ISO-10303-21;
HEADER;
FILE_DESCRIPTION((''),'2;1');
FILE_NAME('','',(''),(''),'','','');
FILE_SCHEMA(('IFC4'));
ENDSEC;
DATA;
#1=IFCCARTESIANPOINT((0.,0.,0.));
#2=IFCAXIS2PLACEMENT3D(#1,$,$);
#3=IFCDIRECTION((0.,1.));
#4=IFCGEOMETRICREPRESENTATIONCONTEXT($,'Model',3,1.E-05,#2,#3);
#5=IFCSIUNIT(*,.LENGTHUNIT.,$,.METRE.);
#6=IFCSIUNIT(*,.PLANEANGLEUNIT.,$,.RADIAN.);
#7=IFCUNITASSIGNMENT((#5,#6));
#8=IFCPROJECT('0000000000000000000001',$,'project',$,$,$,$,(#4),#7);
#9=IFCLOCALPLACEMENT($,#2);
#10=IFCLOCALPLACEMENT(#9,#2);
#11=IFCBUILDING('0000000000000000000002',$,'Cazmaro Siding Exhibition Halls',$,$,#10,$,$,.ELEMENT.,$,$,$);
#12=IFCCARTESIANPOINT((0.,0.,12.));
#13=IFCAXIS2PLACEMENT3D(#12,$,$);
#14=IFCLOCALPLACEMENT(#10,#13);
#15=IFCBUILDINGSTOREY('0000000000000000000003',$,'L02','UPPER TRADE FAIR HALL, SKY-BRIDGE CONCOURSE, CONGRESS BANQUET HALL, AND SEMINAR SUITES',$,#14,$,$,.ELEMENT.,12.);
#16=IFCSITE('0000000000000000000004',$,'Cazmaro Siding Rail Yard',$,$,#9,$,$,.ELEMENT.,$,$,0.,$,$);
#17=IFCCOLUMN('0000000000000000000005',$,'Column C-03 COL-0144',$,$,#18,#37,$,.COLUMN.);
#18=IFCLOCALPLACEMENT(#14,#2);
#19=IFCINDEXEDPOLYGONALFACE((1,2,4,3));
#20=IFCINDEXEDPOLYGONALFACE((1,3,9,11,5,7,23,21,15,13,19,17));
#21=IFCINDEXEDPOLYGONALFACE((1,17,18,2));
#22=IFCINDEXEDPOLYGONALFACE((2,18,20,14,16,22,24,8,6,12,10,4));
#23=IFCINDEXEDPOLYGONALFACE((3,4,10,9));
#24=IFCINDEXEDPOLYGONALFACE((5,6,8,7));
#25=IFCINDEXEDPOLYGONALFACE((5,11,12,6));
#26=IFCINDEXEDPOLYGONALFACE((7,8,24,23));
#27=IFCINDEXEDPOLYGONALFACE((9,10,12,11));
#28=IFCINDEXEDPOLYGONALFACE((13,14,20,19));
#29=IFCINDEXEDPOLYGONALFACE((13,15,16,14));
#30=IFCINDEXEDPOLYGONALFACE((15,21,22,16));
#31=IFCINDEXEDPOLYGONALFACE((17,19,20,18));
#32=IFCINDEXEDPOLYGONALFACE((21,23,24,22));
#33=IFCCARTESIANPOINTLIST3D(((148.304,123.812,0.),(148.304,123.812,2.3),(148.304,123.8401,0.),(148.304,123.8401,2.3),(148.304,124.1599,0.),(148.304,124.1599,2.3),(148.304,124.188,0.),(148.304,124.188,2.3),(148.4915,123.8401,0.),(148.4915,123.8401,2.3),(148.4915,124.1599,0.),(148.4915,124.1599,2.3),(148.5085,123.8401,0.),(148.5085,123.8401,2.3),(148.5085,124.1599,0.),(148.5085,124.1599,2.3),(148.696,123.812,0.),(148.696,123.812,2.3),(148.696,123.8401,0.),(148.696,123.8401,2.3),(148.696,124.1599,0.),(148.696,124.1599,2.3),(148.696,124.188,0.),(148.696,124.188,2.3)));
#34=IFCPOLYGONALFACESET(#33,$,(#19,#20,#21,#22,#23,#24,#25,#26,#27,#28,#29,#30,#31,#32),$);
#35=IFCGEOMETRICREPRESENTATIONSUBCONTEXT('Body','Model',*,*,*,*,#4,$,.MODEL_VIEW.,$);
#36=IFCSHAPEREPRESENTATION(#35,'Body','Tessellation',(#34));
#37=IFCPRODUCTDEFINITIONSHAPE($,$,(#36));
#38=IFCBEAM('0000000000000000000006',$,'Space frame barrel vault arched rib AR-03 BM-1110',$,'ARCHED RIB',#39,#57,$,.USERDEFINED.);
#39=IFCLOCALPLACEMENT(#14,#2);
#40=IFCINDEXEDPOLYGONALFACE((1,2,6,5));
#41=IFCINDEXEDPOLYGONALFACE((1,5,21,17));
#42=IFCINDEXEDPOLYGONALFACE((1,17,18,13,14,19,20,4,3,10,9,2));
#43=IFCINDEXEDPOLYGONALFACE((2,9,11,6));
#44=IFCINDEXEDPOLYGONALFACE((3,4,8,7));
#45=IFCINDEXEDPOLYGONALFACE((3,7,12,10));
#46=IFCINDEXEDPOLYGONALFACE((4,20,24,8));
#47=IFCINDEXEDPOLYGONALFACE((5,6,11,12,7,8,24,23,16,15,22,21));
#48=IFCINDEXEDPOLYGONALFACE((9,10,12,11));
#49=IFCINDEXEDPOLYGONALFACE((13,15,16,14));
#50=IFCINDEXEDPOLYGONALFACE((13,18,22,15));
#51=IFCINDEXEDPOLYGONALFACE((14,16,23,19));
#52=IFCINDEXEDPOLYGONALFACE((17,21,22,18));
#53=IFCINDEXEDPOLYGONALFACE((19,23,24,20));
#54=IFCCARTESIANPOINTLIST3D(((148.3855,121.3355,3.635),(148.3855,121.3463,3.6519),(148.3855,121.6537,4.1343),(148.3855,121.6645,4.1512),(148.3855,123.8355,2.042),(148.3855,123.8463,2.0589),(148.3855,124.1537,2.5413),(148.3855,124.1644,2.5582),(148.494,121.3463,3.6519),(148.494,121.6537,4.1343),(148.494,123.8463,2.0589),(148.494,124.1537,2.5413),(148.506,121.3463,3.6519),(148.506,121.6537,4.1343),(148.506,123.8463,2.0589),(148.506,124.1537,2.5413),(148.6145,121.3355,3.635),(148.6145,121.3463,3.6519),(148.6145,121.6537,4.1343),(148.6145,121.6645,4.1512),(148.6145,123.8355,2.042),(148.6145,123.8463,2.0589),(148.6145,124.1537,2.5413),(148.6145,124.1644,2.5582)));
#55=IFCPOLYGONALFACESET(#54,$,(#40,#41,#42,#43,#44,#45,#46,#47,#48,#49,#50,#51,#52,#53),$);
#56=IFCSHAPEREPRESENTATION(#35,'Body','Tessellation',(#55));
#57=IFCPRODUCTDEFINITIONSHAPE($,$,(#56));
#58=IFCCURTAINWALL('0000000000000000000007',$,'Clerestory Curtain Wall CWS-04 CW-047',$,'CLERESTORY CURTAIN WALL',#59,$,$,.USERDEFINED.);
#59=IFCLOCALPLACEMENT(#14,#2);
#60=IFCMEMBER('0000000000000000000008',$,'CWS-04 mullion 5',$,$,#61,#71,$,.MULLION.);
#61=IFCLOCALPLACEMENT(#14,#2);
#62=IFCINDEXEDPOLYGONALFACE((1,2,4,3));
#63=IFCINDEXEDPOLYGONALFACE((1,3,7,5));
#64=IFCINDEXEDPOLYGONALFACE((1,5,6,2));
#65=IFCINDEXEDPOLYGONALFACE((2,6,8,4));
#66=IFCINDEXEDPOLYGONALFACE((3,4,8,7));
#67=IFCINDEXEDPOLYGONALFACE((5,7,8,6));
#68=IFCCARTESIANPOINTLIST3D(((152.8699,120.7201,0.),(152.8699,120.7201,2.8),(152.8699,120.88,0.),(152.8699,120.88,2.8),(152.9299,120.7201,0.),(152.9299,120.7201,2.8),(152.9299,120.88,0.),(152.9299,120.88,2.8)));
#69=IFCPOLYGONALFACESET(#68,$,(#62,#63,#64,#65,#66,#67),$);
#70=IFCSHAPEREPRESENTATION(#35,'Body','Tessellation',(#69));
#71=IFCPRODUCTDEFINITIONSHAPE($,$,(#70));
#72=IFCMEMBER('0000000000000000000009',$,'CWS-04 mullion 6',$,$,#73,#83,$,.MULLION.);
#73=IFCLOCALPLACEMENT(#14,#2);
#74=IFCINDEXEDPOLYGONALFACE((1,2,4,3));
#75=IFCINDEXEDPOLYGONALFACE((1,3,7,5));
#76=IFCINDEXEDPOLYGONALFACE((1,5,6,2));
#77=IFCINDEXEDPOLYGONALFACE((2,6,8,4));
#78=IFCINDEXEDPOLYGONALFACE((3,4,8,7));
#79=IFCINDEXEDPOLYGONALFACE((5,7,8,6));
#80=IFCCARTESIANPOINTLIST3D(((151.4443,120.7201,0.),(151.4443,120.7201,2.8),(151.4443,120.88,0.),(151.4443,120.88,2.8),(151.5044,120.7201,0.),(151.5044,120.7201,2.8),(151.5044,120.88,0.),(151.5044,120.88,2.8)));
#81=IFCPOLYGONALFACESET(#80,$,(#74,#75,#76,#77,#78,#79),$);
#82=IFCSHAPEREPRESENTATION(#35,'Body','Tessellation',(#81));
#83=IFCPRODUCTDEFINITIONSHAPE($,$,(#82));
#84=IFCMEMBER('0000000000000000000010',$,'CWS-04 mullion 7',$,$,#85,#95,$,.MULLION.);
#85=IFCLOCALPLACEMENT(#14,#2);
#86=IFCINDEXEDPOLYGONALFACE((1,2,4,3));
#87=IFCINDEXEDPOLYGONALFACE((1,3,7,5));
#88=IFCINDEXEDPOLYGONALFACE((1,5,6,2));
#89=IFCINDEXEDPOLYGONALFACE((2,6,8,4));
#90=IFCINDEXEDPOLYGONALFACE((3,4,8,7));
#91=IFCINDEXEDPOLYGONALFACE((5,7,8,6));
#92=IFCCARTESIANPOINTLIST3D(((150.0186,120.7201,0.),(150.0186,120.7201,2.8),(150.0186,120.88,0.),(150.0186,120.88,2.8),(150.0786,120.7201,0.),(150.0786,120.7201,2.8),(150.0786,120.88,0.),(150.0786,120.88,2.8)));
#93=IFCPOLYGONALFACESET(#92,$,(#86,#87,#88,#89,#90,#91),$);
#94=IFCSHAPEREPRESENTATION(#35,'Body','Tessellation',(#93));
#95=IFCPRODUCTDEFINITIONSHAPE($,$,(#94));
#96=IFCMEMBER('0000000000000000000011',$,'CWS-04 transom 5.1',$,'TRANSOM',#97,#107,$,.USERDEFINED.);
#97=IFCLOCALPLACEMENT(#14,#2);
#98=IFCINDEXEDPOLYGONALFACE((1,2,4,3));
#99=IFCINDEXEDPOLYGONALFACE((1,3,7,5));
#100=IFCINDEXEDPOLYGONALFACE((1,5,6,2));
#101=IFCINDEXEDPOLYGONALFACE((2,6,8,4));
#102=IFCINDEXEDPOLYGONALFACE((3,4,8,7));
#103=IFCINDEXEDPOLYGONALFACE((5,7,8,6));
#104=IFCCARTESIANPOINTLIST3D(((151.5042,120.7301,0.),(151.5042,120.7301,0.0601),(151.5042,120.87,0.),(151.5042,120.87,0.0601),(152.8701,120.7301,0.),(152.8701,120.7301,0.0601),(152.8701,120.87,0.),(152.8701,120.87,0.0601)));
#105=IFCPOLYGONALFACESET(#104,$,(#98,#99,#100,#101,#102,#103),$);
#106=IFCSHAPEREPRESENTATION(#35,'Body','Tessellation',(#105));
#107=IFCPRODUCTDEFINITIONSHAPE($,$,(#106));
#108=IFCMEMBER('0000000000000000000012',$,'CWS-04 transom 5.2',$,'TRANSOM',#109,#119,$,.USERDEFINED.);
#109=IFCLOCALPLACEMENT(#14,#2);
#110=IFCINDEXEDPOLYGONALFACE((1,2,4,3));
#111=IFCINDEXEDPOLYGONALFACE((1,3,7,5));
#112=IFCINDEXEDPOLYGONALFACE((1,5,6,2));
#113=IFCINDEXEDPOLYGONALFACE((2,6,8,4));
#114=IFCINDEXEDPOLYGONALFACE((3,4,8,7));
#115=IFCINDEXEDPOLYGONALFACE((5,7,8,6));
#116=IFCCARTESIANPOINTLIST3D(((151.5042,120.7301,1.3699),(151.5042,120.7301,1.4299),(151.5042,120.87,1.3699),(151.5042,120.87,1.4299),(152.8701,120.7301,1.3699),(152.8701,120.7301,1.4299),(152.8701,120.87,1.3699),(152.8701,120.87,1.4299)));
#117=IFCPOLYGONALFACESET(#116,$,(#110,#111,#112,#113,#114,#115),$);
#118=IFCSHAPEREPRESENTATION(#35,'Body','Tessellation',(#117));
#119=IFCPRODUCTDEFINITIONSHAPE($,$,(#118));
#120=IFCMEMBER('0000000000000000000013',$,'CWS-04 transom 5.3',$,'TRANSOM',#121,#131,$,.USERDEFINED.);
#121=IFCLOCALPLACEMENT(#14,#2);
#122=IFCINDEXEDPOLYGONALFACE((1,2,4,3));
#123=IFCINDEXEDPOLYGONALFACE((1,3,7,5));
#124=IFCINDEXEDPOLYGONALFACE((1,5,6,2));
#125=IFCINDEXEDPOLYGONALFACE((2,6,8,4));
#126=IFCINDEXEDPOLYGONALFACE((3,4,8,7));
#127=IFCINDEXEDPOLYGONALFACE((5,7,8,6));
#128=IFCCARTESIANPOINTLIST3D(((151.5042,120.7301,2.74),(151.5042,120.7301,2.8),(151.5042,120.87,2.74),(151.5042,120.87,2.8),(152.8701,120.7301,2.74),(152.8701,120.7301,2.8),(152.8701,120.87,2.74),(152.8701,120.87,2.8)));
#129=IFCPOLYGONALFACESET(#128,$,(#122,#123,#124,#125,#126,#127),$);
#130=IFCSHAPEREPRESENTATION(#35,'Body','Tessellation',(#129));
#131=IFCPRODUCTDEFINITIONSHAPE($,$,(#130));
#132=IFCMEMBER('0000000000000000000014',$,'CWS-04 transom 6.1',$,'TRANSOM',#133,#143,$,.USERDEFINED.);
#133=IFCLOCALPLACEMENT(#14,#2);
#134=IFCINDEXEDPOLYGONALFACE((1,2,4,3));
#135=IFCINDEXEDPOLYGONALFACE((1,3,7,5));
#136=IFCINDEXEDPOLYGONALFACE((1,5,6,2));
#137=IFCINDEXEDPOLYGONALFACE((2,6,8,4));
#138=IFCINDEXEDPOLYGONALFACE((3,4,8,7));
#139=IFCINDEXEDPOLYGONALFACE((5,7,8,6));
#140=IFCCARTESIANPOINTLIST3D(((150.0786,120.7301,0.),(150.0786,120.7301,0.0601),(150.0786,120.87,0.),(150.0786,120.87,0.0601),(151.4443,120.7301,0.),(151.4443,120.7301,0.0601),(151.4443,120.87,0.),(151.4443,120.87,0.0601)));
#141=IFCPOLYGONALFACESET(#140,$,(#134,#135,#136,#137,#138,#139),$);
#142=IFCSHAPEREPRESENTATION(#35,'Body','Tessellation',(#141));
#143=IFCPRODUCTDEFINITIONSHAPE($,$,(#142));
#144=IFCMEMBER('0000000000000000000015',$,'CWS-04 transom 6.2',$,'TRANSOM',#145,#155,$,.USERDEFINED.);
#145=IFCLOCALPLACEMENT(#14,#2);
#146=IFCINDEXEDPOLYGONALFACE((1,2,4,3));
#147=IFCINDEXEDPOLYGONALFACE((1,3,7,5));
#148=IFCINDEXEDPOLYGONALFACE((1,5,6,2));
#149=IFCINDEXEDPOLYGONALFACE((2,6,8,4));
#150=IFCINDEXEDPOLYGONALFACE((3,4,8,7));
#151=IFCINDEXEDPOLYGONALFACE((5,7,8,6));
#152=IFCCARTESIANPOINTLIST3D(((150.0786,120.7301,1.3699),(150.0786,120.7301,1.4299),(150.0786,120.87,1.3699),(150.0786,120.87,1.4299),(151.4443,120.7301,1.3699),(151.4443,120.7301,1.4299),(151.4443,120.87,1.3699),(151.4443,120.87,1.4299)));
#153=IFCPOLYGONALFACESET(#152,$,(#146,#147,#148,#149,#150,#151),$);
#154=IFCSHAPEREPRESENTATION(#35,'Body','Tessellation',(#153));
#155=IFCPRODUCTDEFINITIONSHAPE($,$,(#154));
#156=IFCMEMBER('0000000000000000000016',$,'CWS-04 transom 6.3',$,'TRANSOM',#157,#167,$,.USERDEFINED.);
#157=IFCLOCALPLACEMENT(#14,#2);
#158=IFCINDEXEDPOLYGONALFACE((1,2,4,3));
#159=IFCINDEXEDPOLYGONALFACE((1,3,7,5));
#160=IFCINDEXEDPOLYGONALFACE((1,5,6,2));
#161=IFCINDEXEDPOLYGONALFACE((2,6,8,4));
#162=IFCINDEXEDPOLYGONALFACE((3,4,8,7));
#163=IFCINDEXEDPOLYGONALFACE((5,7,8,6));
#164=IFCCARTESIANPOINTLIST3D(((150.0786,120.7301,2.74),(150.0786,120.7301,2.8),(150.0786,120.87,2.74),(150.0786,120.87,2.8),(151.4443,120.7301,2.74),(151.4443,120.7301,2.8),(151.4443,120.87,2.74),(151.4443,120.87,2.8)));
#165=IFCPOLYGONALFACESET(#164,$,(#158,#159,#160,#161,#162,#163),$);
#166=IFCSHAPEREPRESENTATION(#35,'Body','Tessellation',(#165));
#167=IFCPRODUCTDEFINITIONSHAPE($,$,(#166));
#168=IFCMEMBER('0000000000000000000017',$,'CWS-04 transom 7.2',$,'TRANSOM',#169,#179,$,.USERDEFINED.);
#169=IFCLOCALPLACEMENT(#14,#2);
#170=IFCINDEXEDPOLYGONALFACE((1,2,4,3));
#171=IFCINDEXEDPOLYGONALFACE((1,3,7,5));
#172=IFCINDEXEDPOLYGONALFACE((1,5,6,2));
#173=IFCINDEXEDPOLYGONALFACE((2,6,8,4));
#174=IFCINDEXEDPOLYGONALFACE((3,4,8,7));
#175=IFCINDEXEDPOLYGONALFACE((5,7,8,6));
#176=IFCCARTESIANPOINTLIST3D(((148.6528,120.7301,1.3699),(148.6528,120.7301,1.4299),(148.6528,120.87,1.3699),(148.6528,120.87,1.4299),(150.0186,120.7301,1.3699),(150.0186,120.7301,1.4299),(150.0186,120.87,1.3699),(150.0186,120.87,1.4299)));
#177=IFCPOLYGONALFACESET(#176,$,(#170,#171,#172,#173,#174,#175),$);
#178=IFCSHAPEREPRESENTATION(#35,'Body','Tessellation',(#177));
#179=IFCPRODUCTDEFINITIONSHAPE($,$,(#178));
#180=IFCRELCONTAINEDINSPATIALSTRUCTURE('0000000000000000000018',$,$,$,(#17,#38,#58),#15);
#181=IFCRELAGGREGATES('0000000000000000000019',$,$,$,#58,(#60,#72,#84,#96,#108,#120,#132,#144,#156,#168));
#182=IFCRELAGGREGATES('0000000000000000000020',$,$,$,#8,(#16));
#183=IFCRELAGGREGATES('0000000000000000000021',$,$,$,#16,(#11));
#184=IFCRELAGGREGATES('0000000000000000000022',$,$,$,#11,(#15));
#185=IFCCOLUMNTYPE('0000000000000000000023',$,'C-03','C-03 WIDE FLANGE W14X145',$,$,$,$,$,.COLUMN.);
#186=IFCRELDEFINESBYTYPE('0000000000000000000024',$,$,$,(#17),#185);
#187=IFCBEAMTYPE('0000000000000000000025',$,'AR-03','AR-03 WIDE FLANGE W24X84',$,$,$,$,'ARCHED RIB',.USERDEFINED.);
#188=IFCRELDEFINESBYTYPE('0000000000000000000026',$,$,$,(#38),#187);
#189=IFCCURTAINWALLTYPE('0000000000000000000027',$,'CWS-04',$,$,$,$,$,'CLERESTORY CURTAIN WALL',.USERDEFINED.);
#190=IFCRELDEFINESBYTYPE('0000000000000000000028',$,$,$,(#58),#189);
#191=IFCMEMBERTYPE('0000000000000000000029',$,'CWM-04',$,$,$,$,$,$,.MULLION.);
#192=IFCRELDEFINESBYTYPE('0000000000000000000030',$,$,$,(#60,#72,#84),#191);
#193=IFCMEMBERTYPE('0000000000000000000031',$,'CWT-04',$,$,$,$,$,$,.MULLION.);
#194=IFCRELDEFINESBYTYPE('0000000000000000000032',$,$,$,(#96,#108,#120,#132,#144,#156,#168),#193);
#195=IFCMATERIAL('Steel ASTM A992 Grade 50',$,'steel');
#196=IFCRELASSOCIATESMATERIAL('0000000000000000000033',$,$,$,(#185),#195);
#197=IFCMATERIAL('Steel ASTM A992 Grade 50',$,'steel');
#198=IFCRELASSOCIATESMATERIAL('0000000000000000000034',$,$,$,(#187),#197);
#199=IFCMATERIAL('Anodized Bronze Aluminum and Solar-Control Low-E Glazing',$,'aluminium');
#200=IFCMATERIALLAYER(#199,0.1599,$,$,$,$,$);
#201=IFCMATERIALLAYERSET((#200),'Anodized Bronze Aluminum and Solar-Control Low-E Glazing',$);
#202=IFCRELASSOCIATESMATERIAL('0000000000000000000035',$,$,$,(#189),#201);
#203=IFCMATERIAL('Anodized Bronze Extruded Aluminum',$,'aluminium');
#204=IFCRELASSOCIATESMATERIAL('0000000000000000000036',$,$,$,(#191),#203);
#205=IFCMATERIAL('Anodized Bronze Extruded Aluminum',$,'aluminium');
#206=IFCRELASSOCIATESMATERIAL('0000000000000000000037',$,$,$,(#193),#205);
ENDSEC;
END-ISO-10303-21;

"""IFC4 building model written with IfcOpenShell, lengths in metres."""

from ifc_helpers import new_model, si_unit, direction, frame, origin, origin_2d, place, context, subcontext, project, spatial, rectangle, i_section, extrude, material, layer, layer_set, material_profile, profile_set, type_object, element, aggregate, save


model = new_model("IFC4")

# Units and contexts
model_context = context("Model", 3, precision=1e-05, world=origin(), true_north=direction((0.0, 1.0)))
body_context = subcontext(model_context, "Body", "Model", "MODEL_VIEW")
ifc_project = project(units=[si_unit("LENGTHUNIT", "METRE"), si_unit("PLANEANGLEUNIT", "RADIAN")], contexts=[model_context])

# Site, building, storey
site_placement = place(None, origin())
site = spatial("IfcSite", under=ifc_project, at=site_placement, Name="Cazmaro Siding Rail Yard", CompositionType="ELEMENT", RefElevation=0.0)
building_placement = place(site_placement, origin())
building = spatial("IfcBuilding", under=site, at=building_placement, Name="Cazmaro Siding Exhibition Halls", CompositionType="ELEMENT")
storey_placement = place(building_placement, frame((0.0, 0.0, 12.0)))
storey = spatial("IfcBuildingStorey", under=building, at=storey_placement, Name="L02", Description="UPPER TRADE FAIR HALL, SKY-BRIDGE CONCOURSE, CONGRESS BANQUET HALL, AND SEMINAR SUITES", CompositionType="ELEMENT", Elevation=12.0)

# Column
ifc_material_1 = material(Name="Steel ASTM A992 Grade 50", Category="steel")
ifc_material_profile_1 = material_profile(ifc_material_1, i_section(OverallWidth=0.3921, OverallDepth=0.376, WebThickness=0.0171, FlangeThickness=0.0281, at=origin_2d()), Name="W14X145")
ifc_profile_set_1 = profile_set([ifc_material_profile_1], Name="Steel ASTM A992 Grade 50")
column_type = type_object("IfcColumnType", Name="C-03", Description="C-03 WIDE FLANGE W14X145", PredefinedType="COLUMN", material=ifc_profile_set_1)
column_placement = place(storey_placement, frame((148.5, 124.0, 0.0), z_axis=(0.0, 0.0, 1.0), x_axis=(1.0, 0.0, 0.0)))
element("IfcColumn", 1, at=column_placement, inside=storey, type_object=column_type, Name="Column C-03 COL-0144", PredefinedType="COLUMN", context=body_context, shape_type="SweptSolid", body=[
    extrude(i_section(OverallWidth=0.3921, OverallDepth=0.376, WebThickness=0.0171, FlangeThickness=0.0281, at=origin_2d()), origin(), (0.0, 0.0, 1.0), 2.3),
])

# Beam
ifc_material_2 = material(Name="Steel ASTM A992 Grade 50", Category="steel")
ifc_material_profile_2 = material_profile(ifc_material_2, i_section(OverallWidth=0.229, OverallDepth=0.6121, WebThickness=0.012, FlangeThickness=0.02, at=origin_2d()), Name="W24X84")
ifc_profile_set_2 = profile_set([ifc_material_profile_2], Name="Steel ASTM A992 Grade 50")
beam_type_1 = type_object("IfcBeamType", Name="AR-03", Description="AR-03 WIDE FLANGE W24X84", ElementType="ARCHED RIB", PredefinedType="USERDEFINED", material=ifc_profile_set_2)
beam_1_placement = place(storey_placement, frame((148.5, 121.5, 3.8931), z_axis=(0.0, 0.843339, -0.537382), x_axis=(-1.0, 0.0, 0.0)))
element("IfcBeam", 2, at=beam_1_placement, inside=storey, type_object=beam_type_1, Name="Space frame barrel vault arched rib AR-03 BM-1110", ObjectType="ARCHED RIB", PredefinedType="USERDEFINED", context=body_context, shape_type="SweptSolid", body=[
    extrude(i_section(OverallWidth=0.229, OverallDepth=0.6121, WebThickness=0.012, FlangeThickness=0.02, at=origin_2d()), origin(), (0.0, 0.0, 1.0), 2.9644),
])

# Curtain wall, members
ifc_material_3 = material(Name="Anodized Bronze Aluminum and Solar-Control Low-E Glazing", Category="aluminium")
ifc_layer_1 = layer(ifc_material_3, 0.1599)
ifc_layer_set_1 = layer_set([ifc_layer_1], Name="Anodized Bronze Aluminum and Solar-Control Low-E Glazing")
curtain_wall_type = type_object("IfcCurtainWallType", Name="CWS-04", ElementType="CLERESTORY CURTAIN WALL", PredefinedType="USERDEFINED", material=ifc_layer_set_1)
curtain_wall_placement = place(storey_placement, origin())
curtain_wall = element("IfcCurtainWall", 3, at=curtain_wall_placement, inside=storey, type_object=curtain_wall_type, Name="Clerestory Curtain Wall CWS-04 CW-047", ObjectType="CLERESTORY CURTAIN WALL", PredefinedType="USERDEFINED")
ifc_material_4 = material(Name="Anodized Bronze Extruded Aluminum", Category="aluminium")
ifc_material_profile_3 = material_profile(ifc_material_4, rectangle(XDim=0.1599, YDim=0.0601, at=origin_2d()), Name="CWM-04")
ifc_profile_set_3 = profile_set([ifc_material_profile_3], Name="Anodized Bronze Extruded Aluminum")
member_type_1 = type_object("IfcMemberType", Name="CWM-04", PredefinedType="MULLION", material=ifc_profile_set_3)
member_1_placement = place(storey_placement, frame((152.8999, 120.8, 0.0), z_axis=(0.0, 0.0, 1.0), x_axis=(0.0, -1.0, 0.0)))
member_1 = element("IfcMember", 4, at=member_1_placement, type_object=member_type_1, Name="CWS-04 mullion 5", PredefinedType="MULLION", context=body_context, shape_type="SweptSolid", body=[
    extrude(rectangle(XDim=0.1599, YDim=0.0601, at=origin_2d()), origin(), (0.0, 0.0, 1.0), 2.8),
])
member_2_placement = place(storey_placement, frame((151.4744, 120.8, 0.0), z_axis=(0.0, 0.0, 1.0), x_axis=(0.0, -1.0, 0.0)))
member_2 = element("IfcMember", 5, at=member_2_placement, type_object=member_type_1, Name="CWS-04 mullion 6", PredefinedType="MULLION", context=body_context, shape_type="SweptSolid", body=[
    extrude(rectangle(XDim=0.1599, YDim=0.0601, at=origin_2d()), origin(), (0.0, 0.0, 1.0), 2.8),
])
member_3_placement = place(storey_placement, frame((150.0486, 120.8, 0.0), z_axis=(0.0, 0.0, 1.0), x_axis=(0.0, -1.0, 0.0)))
member_3 = element("IfcMember", 6, at=member_3_placement, type_object=member_type_1, Name="CWS-04 mullion 7", PredefinedType="MULLION", context=body_context, shape_type="SweptSolid", body=[
    extrude(rectangle(XDim=0.1599, YDim=0.0601, at=origin_2d()), origin(), (0.0, 0.0, 1.0), 2.8),
])
ifc_material_5 = material(Name="Anodized Bronze Extruded Aluminum", Category="aluminium")
ifc_material_profile_4 = material_profile(ifc_material_5, rectangle(XDim=0.1399, YDim=0.0601, at=origin_2d()), Name="CWT-04")
ifc_profile_set_4 = profile_set([ifc_material_profile_4], Name="Anodized Bronze Extruded Aluminum")
member_type_2 = type_object("IfcMemberType", Name="CWT-04", PredefinedType="MULLION", material=ifc_profile_set_4)
member_4_placement = place(storey_placement, frame((152.8701, 120.8, 0.03), z_axis=(-1.0, 0.0, 0.0), x_axis=(0.0, -1.0, 0.0)))
member_4 = element("IfcMember", 7, at=member_4_placement, type_object=member_type_2, Name="CWS-04 transom 5.1", ObjectType="TRANSOM", PredefinedType="USERDEFINED", context=body_context, shape_type="SweptSolid", body=[
    extrude(rectangle(XDim=0.1399, YDim=0.0601, at=origin_2d()), origin(), (0.0, 0.0, 1.0), 1.366),
])
member_5_placement = place(storey_placement, frame((152.8701, 120.8, 1.3999), z_axis=(-1.0, 0.0, 0.0), x_axis=(0.0, -1.0, 0.0)))
member_5 = element("IfcMember", 8, at=member_5_placement, type_object=member_type_2, Name="CWS-04 transom 5.2", ObjectType="TRANSOM", PredefinedType="USERDEFINED", context=body_context, shape_type="SweptSolid", body=[
    extrude(rectangle(XDim=0.1399, YDim=0.0601, at=origin_2d()), origin(), (0.0, 0.0, 1.0), 1.366),
])
member_6_placement = place(storey_placement, frame((152.8701, 120.8, 2.77), z_axis=(-1.0, 0.0, 0.0), x_axis=(0.0, -1.0, 0.0)))
member_6 = element("IfcMember", 9, at=member_6_placement, type_object=member_type_2, Name="CWS-04 transom 5.3", ObjectType="TRANSOM", PredefinedType="USERDEFINED", context=body_context, shape_type="SweptSolid", body=[
    extrude(rectangle(XDim=0.1399, YDim=0.0601, at=origin_2d()), origin(), (0.0, 0.0, 1.0), 1.366),
])
member_7_placement = place(storey_placement, frame((151.4443, 120.8, 0.03), z_axis=(-1.0, 0.0, 0.0), x_axis=(0.0, -1.0, 0.0)))
member_7 = element("IfcMember", 10, at=member_7_placement, type_object=member_type_2, Name="CWS-04 transom 6.1", ObjectType="TRANSOM", PredefinedType="USERDEFINED", context=body_context, shape_type="SweptSolid", body=[
    extrude(rectangle(XDim=0.1399, YDim=0.0601, at=origin_2d()), origin(), (0.0, 0.0, 1.0), 1.3657),
])
member_8_placement = place(storey_placement, frame((151.4443, 120.8, 1.3999), z_axis=(-1.0, 0.0, 0.0), x_axis=(0.0, -1.0, 0.0)))
member_8 = element("IfcMember", 11, at=member_8_placement, type_object=member_type_2, Name="CWS-04 transom 6.2", ObjectType="TRANSOM", PredefinedType="USERDEFINED", context=body_context, shape_type="SweptSolid", body=[
    extrude(rectangle(XDim=0.1399, YDim=0.0601, at=origin_2d()), origin(), (0.0, 0.0, 1.0), 1.3657),
])
member_9_placement = place(storey_placement, frame((151.4443, 120.8, 2.77), z_axis=(-1.0, 0.0, 0.0), x_axis=(0.0, -1.0, 0.0)))
member_9 = element("IfcMember", 12, at=member_9_placement, type_object=member_type_2, Name="CWS-04 transom 6.3", ObjectType="TRANSOM", PredefinedType="USERDEFINED", context=body_context, shape_type="SweptSolid", body=[
    extrude(rectangle(XDim=0.1399, YDim=0.0601, at=origin_2d()), origin(), (0.0, 0.0, 1.0), 1.3657),
])
member_10_placement = place(storey_placement, frame((150.0186, 120.8, 1.3999), z_axis=(-1.0, 0.0, 0.0), x_axis=(0.0, -1.0, 0.0)))
member_10 = element("IfcMember", 13, at=member_10_placement, type_object=member_type_2, Name="CWS-04 transom 7.2", ObjectType="TRANSOM", PredefinedType="USERDEFINED", context=body_context, shape_type="SweptSolid", body=[
    extrude(rectangle(XDim=0.1399, YDim=0.0601, at=origin_2d()), origin(), (0.0, 0.0, 1.0), 1.3657),
])

aggregate(curtain_wall, [member_1, member_2, member_3, member_4, member_5, member_6, member_7, member_8, member_9, member_10])

save(model, "model.ifc")
